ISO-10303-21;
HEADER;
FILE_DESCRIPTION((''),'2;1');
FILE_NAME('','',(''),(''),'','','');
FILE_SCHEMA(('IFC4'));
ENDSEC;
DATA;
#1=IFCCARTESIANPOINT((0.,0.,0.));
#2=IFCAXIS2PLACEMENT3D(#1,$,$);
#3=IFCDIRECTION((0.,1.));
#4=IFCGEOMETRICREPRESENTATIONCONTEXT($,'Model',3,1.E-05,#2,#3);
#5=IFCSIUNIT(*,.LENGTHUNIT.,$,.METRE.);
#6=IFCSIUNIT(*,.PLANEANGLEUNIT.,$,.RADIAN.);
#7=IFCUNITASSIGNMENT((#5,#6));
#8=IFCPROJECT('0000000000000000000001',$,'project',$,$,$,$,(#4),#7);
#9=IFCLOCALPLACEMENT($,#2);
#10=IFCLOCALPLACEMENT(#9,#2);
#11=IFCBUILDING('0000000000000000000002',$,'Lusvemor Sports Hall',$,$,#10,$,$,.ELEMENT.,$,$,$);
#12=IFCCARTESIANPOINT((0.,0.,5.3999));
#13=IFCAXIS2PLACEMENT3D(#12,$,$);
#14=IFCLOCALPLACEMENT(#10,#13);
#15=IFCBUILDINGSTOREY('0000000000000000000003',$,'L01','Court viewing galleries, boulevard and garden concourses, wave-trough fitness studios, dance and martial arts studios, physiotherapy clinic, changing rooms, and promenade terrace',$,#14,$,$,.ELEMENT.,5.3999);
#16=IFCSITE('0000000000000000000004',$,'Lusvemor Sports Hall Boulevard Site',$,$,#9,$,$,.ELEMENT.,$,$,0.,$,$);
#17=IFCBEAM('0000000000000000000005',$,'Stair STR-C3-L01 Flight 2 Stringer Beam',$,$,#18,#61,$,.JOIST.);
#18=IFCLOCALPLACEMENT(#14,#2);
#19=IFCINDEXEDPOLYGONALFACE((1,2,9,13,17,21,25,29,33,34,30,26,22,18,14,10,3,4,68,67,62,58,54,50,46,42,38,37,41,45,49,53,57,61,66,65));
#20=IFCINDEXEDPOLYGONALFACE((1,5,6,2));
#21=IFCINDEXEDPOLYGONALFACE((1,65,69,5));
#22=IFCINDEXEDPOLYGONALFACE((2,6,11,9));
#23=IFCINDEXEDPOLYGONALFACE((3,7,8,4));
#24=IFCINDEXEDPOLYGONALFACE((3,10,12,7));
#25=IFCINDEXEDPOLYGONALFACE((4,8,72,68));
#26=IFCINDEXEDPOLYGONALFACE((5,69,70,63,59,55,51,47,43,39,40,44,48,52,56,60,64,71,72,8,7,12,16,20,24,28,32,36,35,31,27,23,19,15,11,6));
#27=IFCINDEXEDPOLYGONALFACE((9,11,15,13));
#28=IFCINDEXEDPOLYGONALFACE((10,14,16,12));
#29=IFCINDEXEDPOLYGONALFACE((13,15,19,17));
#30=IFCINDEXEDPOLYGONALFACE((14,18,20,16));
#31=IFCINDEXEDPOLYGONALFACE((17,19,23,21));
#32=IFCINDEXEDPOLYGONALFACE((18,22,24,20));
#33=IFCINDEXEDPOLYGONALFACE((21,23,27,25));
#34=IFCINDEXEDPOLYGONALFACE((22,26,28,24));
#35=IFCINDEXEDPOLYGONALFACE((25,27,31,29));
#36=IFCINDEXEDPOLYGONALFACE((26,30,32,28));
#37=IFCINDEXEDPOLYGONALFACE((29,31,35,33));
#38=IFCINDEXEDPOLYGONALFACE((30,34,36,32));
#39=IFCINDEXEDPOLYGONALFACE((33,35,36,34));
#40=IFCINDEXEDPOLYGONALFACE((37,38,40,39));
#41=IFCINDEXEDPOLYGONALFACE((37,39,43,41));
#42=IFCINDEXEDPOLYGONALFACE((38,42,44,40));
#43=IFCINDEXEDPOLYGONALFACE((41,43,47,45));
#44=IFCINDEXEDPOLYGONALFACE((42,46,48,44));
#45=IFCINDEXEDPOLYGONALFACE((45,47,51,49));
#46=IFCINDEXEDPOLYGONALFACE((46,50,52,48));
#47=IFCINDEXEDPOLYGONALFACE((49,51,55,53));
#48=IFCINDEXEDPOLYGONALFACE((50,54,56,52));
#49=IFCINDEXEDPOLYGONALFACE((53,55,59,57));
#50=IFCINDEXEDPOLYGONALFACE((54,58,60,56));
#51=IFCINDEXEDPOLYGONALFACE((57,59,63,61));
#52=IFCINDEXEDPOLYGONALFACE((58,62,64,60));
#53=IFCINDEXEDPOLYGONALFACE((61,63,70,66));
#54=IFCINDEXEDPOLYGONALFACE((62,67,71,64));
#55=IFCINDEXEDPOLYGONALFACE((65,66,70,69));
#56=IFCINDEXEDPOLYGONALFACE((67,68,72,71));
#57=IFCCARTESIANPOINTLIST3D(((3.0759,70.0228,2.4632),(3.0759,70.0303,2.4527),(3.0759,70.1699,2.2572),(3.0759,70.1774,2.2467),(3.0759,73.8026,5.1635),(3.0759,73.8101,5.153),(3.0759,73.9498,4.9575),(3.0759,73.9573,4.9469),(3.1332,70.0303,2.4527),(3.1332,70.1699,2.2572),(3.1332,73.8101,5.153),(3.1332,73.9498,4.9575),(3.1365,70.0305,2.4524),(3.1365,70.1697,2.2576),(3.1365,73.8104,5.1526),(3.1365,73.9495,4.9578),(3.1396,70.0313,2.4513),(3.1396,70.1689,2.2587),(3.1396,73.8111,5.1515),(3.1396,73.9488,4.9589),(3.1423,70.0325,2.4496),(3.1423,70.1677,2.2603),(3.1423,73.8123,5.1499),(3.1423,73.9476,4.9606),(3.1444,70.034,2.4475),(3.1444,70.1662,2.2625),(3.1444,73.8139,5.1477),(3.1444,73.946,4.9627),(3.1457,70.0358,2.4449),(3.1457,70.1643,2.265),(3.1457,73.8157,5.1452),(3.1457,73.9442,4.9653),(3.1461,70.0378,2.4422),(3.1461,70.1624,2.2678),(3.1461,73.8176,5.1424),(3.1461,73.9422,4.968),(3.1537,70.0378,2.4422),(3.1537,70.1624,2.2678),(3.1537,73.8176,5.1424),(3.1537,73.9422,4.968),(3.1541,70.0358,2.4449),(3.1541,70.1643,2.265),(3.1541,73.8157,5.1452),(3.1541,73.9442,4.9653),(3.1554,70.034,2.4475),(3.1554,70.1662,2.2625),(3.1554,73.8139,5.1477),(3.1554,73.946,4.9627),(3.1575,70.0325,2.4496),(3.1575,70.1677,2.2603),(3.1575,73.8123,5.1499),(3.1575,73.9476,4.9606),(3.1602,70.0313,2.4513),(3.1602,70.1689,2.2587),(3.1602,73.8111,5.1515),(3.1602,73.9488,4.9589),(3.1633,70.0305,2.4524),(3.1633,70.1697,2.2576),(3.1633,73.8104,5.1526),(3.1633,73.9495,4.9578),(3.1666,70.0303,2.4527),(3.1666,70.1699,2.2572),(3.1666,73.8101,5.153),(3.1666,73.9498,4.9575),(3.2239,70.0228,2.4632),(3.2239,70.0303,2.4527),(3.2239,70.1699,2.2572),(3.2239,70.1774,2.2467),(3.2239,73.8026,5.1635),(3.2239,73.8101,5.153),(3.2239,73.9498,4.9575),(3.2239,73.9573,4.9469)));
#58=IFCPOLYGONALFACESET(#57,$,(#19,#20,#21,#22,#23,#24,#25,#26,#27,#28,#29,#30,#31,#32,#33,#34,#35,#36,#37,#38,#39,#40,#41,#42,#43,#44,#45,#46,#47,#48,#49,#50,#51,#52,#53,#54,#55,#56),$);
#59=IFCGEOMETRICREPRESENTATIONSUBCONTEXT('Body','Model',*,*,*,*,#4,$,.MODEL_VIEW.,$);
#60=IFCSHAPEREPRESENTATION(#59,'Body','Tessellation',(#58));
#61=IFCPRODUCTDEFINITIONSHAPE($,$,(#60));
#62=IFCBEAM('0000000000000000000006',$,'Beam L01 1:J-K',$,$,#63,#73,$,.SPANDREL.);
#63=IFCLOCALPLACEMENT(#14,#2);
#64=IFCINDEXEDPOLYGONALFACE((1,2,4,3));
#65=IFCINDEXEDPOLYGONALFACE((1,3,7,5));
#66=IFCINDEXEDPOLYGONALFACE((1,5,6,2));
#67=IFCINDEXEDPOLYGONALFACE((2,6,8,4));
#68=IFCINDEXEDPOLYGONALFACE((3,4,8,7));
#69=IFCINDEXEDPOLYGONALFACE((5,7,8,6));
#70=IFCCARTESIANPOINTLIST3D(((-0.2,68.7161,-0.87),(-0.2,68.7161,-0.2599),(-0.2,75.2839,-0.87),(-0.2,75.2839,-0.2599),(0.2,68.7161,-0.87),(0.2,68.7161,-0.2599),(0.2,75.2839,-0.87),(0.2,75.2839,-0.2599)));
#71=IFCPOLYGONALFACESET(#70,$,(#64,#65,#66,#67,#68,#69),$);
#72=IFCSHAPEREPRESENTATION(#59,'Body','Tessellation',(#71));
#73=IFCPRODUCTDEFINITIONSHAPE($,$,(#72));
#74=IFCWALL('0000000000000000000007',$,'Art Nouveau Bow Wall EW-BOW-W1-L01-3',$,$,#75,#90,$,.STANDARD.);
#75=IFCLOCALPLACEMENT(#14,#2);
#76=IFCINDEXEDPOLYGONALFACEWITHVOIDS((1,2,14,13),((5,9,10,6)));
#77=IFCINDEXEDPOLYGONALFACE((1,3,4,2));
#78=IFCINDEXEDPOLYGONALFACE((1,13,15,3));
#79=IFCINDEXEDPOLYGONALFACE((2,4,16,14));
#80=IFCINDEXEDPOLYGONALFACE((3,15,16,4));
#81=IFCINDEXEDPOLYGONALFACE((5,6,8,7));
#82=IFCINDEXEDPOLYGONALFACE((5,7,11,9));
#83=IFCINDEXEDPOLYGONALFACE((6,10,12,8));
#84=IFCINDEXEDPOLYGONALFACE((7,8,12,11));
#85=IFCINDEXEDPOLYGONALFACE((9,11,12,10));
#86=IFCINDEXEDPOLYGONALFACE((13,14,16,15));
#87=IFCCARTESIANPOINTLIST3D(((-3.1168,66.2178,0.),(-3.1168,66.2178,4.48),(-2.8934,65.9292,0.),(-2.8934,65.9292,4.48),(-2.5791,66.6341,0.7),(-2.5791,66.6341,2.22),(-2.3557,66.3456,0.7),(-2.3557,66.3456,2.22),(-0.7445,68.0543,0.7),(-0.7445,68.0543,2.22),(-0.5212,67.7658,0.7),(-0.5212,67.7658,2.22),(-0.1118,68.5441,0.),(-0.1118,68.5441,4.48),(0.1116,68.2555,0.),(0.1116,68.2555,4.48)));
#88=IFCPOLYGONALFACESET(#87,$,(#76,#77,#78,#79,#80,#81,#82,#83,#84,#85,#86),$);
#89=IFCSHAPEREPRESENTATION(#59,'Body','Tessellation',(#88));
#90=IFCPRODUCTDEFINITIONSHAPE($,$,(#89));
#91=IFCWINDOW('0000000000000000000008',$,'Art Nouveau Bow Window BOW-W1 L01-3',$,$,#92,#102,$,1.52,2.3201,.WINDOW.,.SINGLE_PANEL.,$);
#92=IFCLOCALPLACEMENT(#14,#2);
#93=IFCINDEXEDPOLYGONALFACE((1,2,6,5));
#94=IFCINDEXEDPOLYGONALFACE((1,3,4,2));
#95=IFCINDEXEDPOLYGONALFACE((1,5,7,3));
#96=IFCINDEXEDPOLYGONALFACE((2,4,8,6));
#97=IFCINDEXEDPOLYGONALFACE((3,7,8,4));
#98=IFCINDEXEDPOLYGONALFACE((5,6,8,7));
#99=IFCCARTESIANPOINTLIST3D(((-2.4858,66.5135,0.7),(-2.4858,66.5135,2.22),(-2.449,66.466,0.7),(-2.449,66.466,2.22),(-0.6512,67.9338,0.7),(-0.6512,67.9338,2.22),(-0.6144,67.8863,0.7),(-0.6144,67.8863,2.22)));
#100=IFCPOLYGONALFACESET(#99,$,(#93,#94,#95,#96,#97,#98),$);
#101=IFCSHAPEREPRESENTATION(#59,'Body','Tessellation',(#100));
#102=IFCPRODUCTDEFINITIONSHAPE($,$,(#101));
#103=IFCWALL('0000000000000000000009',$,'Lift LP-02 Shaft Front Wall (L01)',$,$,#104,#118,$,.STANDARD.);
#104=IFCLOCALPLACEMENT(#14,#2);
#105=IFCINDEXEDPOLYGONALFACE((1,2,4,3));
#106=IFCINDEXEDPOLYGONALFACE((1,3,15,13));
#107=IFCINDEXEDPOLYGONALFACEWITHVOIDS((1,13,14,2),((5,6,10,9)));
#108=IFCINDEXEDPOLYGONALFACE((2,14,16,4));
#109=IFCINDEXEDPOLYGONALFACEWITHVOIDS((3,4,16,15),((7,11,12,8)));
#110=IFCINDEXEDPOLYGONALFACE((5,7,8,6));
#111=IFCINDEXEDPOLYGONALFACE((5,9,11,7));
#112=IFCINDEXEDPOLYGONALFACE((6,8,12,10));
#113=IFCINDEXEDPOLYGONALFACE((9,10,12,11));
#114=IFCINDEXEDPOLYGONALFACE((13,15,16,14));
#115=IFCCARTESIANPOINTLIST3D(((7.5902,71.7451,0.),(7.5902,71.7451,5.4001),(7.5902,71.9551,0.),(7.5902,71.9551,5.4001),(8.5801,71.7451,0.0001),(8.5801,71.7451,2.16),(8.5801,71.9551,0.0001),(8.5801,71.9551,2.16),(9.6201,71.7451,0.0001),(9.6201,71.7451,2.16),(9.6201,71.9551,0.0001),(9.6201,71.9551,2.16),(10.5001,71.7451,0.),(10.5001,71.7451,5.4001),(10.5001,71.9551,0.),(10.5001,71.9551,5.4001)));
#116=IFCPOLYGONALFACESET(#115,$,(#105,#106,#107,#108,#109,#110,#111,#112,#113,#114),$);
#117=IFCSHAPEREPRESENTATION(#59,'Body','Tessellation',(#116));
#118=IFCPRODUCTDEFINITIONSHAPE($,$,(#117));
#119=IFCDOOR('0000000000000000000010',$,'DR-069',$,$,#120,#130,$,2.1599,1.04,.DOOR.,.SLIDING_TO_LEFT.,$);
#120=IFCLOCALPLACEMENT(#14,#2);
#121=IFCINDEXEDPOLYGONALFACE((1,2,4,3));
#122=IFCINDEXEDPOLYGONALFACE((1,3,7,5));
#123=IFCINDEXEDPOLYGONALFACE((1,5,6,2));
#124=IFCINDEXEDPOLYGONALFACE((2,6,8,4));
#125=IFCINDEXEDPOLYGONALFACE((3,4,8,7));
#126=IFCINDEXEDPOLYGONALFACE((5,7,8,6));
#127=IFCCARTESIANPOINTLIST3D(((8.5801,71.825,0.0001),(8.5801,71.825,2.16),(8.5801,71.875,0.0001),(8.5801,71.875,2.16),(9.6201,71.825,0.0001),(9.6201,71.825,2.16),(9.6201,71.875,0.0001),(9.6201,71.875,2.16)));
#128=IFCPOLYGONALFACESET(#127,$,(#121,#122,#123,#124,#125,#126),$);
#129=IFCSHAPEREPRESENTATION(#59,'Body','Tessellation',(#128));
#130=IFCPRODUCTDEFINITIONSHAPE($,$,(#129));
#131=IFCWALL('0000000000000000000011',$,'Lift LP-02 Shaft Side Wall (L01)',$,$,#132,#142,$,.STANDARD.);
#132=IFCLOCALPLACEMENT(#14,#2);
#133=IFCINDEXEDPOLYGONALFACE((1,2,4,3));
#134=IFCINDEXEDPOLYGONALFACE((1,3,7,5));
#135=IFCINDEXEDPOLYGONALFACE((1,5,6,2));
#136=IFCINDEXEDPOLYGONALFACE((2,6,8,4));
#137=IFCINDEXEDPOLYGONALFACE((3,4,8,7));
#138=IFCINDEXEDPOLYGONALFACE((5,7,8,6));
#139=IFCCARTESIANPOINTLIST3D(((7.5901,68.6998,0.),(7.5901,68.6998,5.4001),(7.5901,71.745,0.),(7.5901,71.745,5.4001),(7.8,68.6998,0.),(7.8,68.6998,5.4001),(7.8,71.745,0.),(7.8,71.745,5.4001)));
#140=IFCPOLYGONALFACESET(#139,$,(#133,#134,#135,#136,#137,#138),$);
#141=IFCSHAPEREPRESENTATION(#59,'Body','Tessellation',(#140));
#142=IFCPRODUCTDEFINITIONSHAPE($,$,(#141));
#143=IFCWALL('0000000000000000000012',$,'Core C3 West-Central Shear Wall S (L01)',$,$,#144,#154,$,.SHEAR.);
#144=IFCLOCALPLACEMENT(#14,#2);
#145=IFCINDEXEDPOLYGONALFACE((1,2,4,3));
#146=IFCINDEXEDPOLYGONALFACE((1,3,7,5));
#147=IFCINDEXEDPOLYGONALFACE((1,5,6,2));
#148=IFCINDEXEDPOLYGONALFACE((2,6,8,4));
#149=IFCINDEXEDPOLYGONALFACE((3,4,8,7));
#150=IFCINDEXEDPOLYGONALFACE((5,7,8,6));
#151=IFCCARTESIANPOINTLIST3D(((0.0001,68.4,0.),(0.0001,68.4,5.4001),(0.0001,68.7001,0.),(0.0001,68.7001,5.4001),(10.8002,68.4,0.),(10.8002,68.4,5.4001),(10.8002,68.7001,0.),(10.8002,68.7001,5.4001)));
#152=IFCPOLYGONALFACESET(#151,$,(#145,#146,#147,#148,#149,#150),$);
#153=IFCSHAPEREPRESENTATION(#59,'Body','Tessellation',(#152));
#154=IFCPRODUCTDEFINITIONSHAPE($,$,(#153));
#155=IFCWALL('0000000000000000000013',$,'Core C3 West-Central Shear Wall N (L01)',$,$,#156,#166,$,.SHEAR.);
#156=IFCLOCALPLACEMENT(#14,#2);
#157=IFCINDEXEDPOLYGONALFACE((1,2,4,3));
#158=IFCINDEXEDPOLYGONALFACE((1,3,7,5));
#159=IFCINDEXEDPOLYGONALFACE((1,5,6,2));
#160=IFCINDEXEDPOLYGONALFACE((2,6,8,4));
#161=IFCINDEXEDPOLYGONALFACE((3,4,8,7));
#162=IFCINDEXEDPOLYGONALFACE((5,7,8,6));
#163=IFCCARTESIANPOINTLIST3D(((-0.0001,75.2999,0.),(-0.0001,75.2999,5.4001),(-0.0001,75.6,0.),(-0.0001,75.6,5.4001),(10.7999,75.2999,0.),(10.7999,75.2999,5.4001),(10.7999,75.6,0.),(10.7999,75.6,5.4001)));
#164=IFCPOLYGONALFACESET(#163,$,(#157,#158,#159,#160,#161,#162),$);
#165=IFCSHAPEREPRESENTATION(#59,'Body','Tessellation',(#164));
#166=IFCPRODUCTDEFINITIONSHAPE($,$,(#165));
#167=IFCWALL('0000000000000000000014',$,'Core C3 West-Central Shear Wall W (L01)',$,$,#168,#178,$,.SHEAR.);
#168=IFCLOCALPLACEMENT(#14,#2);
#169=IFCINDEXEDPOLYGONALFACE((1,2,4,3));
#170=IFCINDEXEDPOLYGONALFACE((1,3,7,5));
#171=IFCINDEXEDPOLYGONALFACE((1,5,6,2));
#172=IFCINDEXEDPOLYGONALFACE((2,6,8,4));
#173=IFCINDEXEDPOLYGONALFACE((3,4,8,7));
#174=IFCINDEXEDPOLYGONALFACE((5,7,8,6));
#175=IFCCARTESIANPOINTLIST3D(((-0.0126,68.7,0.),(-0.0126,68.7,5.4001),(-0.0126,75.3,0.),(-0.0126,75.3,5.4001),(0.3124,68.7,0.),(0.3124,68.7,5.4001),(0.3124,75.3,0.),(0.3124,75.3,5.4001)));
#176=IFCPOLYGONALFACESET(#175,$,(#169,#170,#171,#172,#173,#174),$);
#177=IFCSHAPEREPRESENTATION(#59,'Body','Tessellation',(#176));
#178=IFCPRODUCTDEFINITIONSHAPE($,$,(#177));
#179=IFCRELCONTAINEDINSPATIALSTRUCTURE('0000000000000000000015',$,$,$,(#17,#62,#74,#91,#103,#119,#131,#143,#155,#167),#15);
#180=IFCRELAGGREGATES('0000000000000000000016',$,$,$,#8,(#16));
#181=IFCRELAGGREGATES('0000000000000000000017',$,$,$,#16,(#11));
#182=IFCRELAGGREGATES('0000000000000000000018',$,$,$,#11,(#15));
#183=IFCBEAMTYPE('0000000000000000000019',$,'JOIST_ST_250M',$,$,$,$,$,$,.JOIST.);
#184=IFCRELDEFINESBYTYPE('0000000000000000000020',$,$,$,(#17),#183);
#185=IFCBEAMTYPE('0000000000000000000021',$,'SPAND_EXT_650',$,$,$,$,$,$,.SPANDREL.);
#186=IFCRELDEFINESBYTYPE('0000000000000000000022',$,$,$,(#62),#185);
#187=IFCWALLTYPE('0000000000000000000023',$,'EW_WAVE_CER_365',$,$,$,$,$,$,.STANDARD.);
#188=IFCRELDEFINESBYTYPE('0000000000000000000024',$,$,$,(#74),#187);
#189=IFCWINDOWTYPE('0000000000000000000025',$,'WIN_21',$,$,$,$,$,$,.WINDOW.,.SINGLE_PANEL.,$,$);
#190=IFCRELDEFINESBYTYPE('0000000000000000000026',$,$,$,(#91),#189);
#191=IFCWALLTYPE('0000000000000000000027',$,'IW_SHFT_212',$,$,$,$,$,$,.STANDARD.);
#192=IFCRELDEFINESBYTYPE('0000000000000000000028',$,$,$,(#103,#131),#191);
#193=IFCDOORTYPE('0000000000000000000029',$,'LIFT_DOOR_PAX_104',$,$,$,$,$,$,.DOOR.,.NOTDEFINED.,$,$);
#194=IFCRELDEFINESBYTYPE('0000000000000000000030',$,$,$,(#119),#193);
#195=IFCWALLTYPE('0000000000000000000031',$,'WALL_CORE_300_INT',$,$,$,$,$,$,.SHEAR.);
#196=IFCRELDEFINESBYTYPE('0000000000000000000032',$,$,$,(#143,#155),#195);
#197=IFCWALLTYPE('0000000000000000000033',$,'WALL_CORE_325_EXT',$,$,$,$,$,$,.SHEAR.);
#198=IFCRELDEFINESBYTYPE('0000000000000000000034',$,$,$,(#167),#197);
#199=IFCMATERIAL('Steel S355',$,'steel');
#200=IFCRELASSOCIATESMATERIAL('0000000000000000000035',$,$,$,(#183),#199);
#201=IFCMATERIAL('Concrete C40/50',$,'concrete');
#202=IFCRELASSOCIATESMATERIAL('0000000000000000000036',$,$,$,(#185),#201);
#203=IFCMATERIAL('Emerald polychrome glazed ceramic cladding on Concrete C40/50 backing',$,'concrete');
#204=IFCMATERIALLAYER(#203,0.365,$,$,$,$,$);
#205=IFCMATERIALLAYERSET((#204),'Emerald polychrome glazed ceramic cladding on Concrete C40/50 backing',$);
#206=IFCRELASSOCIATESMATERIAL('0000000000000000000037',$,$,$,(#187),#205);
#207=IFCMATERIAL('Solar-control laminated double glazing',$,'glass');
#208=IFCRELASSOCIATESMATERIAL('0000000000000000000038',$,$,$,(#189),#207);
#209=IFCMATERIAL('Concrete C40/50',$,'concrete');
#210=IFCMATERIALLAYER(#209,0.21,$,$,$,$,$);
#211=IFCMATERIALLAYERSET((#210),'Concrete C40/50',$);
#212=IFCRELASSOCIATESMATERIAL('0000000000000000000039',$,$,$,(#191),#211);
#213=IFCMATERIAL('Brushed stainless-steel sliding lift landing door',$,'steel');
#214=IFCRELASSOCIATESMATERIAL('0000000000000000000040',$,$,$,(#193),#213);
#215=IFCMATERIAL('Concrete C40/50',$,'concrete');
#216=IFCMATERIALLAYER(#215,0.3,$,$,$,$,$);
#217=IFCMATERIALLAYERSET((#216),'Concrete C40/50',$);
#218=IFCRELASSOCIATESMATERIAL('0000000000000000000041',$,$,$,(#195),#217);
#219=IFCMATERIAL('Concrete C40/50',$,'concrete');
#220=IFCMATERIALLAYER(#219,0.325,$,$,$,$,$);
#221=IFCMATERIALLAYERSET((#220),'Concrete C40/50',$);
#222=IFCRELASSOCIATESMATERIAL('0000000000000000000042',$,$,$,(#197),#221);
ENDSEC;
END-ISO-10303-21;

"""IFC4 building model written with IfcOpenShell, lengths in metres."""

from ifc_helpers import new_model, si_unit, direction, frame, frame_2d, origin, origin_2d, place, context, subcontext, project, spatial, rectangle, i_section, extrude, material, layer, layer_set, material_profile, profile_set, type_object, element, fill, save


model = new_model("IFC4")

# Units and contexts
model_context = context("Model", 3, precision=1e-05, world=origin(), true_north=direction((0.0, 1.0)))
body_context = subcontext(model_context, "Body", "Model", "MODEL_VIEW")
ifc_project = project(units=[si_unit("LENGTHUNIT", "METRE"), si_unit("PLANEANGLEUNIT", "RADIAN")], contexts=[model_context])

# Site, building, storey
site_placement = place(None, origin())
site = spatial("IfcSite", under=ifc_project, at=site_placement, Name="Lusvemor Sports Hall Boulevard Site", CompositionType="ELEMENT", RefElevation=0.0)
building_placement = place(site_placement, origin())
building = spatial("IfcBuilding", under=site, at=building_placement, Name="Lusvemor Sports Hall", CompositionType="ELEMENT")
storey_placement = place(building_placement, frame((0.0, 0.0, 5.3999)))
storey = spatial("IfcBuildingStorey", under=building, at=storey_placement, Name="L01", Description="Court viewing galleries, boulevard and garden concourses, wave-trough fitness studios, dance and martial arts studios, physiotherapy clinic, changing rooms, and promenade terrace", CompositionType="ELEMENT", Elevation=5.3999)

# Beams
ifc_material_1 = material(Name="Steel S355", Category="steel")
ifc_material_profile_1 = material_profile(ifc_material_1, i_section(OverallWidth=0.1479, OverallDepth=0.2661, WebThickness=0.0076, FlangeThickness=0.0129, FilletRadius=0.0129, at=origin_2d()), Name="W250x44.8")
ifc_profile_set_1 = profile_set([ifc_material_profile_1], Name="Steel S355")
beam_type_1 = type_object("IfcBeamType", Name="JOIST_ST_250M", PredefinedType="JOIST", material=ifc_profile_set_1)
beam_1_placement = place(storey_placement, frame((3.1499, 70.1001, 2.355), z_axis=(0.0, 0.813698, 0.581288), x_axis=(-1.0, 0.0, 0.0)))
element("IfcBeam", 1, at=beam_1_placement, inside=storey, type_object=beam_type_1, Name="Stair STR-C3-L01 Flight 2 Stringer Beam", PredefinedType="JOIST", context=body_context, shape_type="SweptSolid", body=[
    extrude(i_section(OverallWidth=0.1479, OverallDepth=0.2661, WebThickness=0.0076, FlangeThickness=0.0129, FilletRadius=0.0129, at=origin_2d()), origin(), (0.0, 0.0, 1.0), 4.6453),
])
ifc_material_2 = material(Name="Concrete C40/50", Category="concrete")
ifc_material_profile_2 = material_profile(ifc_material_2, rectangle(XDim=0.3999, YDim=0.6101, at=origin_2d()), Name="RC400x610")
ifc_profile_set_2 = profile_set([ifc_material_profile_2], Name="Concrete C40/50")
beam_type_2 = type_object("IfcBeamType", Name="SPAND_EXT_650", PredefinedType="SPANDREL", material=ifc_profile_set_2)
beam_2_placement = place(storey_placement, frame((0.0, 68.7161, -0.5649), z_axis=(0.0, 1.0, 0.0), x_axis=(-1.0, 0.0, 0.0)))
element("IfcBeam", 2, at=beam_2_placement, inside=storey, type_object=beam_type_2, Name="Beam L01 1:J-K", PredefinedType="SPANDREL", context=body_context, shape_type="SweptSolid", body=[
    extrude(rectangle(XDim=0.3999, YDim=0.6101, at=origin_2d()), origin(), (0.0, 0.0, 1.0), 6.5679),
])

# Wall, opening, window
ifc_material_3 = material(Name="Emerald polychrome glazed ceramic cladding on Concrete C40/50 backing", Category="concrete")
ifc_layer_1 = layer(ifc_material_3, 0.365)
ifc_layer_set_1 = layer_set([ifc_layer_1], Name="Emerald polychrome glazed ceramic cladding on Concrete C40/50 backing")
wall_type_1 = type_object("IfcWallType", Name="EW_WAVE_CER_365", PredefinedType="STANDARD", material=ifc_layer_set_1)
wall_1_placement = place(storey_placement, frame((-3.0051, 66.0735, 0.0), z_axis=(0.0, 0.0, 1.0), x_axis=(0.790741, 0.612151, 0.0)))
wall_1 = element("IfcWall", 3, at=wall_1_placement, inside=storey, type_object=wall_type_1, Name="Art Nouveau Bow Wall EW-BOW-W1-L01-3", PredefinedType="STANDARD", context=body_context, shape_type="SweptSolid", body=[
    extrude(rectangle(XDim=3.8003, YDim=0.365, at=frame_2d((1.9001, 0.0))), origin(), (0.0, 0.0, 1.0), 4.48),
])
opening_1_placement = place(wall_1_placement, frame((0.6799, 0.0, 0.7)))
opening_1 = element("IfcOpeningElement", 4, at=opening_1_placement, cuts=wall_1, PredefinedType="OPENING", context=body_context, shape_type="SweptSolid", body=[
    extrude(rectangle(XDim=2.3201, YDim=1.52, at=frame_2d((1.1602, 0.76))), frame((0.0, 0.1826, 0.0), z_axis=(0.0, -1.0, 0.0), x_axis=(1.0, 0.0, 0.0)), (0.0, 0.0, 1.0), 0.365),
])
ifc_material_4 = material(Name="Solar-control laminated double glazing", Category="glass")
window_type = type_object("IfcWindowType", Name="WIN_21", PartitioningType="SINGLE_PANEL", PredefinedType="WINDOW", material=ifc_material_4)
window_placement = place(opening_1_placement, origin())
window = element("IfcWindow", 5, at=window_placement, inside=storey, type_object=window_type, Name="Art Nouveau Bow Window BOW-W1 L01-3", OverallHeight=1.52, OverallWidth=2.3201, PartitioningType="SINGLE_PANEL", PredefinedType="WINDOW", context=body_context, shape_type="SweptSolid", body=[
    extrude(rectangle(XDim=2.3201, YDim=1.52, at=frame_2d((1.1602, 0.76))), frame((0.0, 0.03, 0.0), z_axis=(0.0, -1.0, 0.0), x_axis=(1.0, 0.0, 0.0)), (0.0, 0.0, 1.0), 0.0601),
])
fill(opening_1, window)

# Wall, opening, door
ifc_material_5 = material(Name="Concrete C40/50", Category="concrete")
ifc_layer_2 = layer(ifc_material_5, 0.21)
ifc_layer_set_2 = layer_set([ifc_layer_2], Name="Concrete C40/50")
wall_type_2 = type_object("IfcWallType", Name="IW_SHFT_212", PredefinedType="STANDARD", material=ifc_layer_set_2)
wall_2_placement = place(storey_placement, frame((7.5901, 71.8501, 0.0), z_axis=(0.0, 0.0, 1.0), x_axis=(1.0, 0.0, 0.0)))
wall_2 = element("IfcWall", 6, at=wall_2_placement, inside=storey, type_object=wall_type_2, Name="Lift LP-02 Shaft Front Wall (L01)", PredefinedType="STANDARD", context=body_context, shape_type="SweptSolid", body=[
    extrude(rectangle(XDim=2.9099, YDim=0.21, at=frame_2d((1.4551, 0.0))), origin(), (0.0, 0.0, 1.0), 5.4001),
])
opening_2_placement = place(wall_2_placement, frame((0.99, 0.0, 0.0)))
opening_2 = element("IfcOpeningElement", 7, at=opening_2_placement, cuts=wall_2, PredefinedType="OPENING", context=body_context, shape_type="SweptSolid", body=[
    extrude(rectangle(XDim=1.04, YDim=2.1599, at=frame_2d((0.52, 1.0801))), frame((0.0, 0.105, 0.0), z_axis=(0.0, -1.0, 0.0), x_axis=(1.0, 0.0, 0.0)), (0.0, 0.0, 1.0), 0.21),
])
ifc_material_6 = material(Name="Brushed stainless-steel sliding lift landing door", Category="steel")
door_type_1 = type_object("IfcDoorType", Name="LIFT_DOOR_PAX_104", OperationType="NOTDEFINED", PredefinedType="DOOR", material=ifc_material_6)
door_1_placement = place(opening_2_placement, origin())
door_1 = element("IfcDoor", 8, at=door_1_placement, inside=storey, type_object=door_type_1, Name="DR-069", OperationType="SLIDING_TO_LEFT", OverallHeight=2.1599, OverallWidth=1.04, PredefinedType="DOOR", context=body_context, shape_type="SweptSolid", body=[
    extrude(rectangle(XDim=1.04, YDim=2.1599, at=frame_2d((0.52, 1.0801))), frame((0.0, 0.0249, 0.0), z_axis=(0.0, -1.0, 0.0), x_axis=(1.0, 0.0, 0.0)), (0.0, 0.0, 1.0), 0.05),
])
fill(opening_2, door_1)

# Walls
wall_3_placement = place(storey_placement, frame((7.6951, 68.7, 0.0), z_axis=(0.0, 0.0, 1.0), x_axis=(0.0, 1.0, 0.0)))
element("IfcWall", 9, at=wall_3_placement, inside=storey, type_object=wall_type_2, Name="Lift LP-02 Shaft Side Wall (L01)", PredefinedType="STANDARD", context=body_context, shape_type="SweptSolid", body=[
    extrude(rectangle(XDim=3.0452, YDim=0.21, at=frame_2d((1.5225, 0.0))), origin(), (0.0, 0.0, 1.0), 5.4001),
])
ifc_material_7 = material(Name="Concrete C40/50", Category="concrete")
ifc_layer_3 = layer(ifc_material_7, 0.3)
ifc_layer_set_3 = layer_set([ifc_layer_3], Name="Concrete C40/50")
wall_type_3 = type_object("IfcWallType", Name="WALL_CORE_300_INT", PredefinedType="SHEAR", material=ifc_layer_set_3)
for number, where, z_axis, x_axis, name in (
    (10, (10.8, 68.55, 0.0), (0.0, 0.0, 1.0), (-1.0, 0.0, 0.0), "Core C3 West-Central Shear Wall S (L01)"),
    (11, (0.0, 75.45, 0.0), (0.0, 0.0, 1.0), (1.0, 0.0, 0.0), "Core C3 West-Central Shear Wall N (L01)"),
):
    element("IfcWall", number, at=place(storey_placement, frame(where, z_axis=z_axis, x_axis=x_axis)), inside=storey, type_object=wall_type_3, Name=name, PredefinedType="SHEAR", context=body_context, shape_type="SweptSolid", body=[
        extrude(rectangle(XDim=10.8, YDim=0.3, at=frame_2d((5.3999, 0.0))), origin(), (0.0, 0.0, 1.0), 5.4001),
    ])

# Wall
ifc_material_8 = material(Name="Concrete C40/50", Category="concrete")
ifc_layer_4 = layer(ifc_material_8, 0.325)
ifc_layer_set_4 = layer_set([ifc_layer_4], Name="Concrete C40/50")
wall_type_4 = type_object("IfcWallType", Name="WALL_CORE_325_EXT", PredefinedType="SHEAR", material=ifc_layer_set_4)
wall_4_placement = place(storey_placement, frame((0.1499, 68.7, 0.0), z_axis=(0.0, 0.0, 1.0), x_axis=(0.0, 1.0, 0.0)))
element("IfcWall", 12, at=wall_4_placement, inside=storey, type_object=wall_type_4, Name="Core C3 West-Central Shear Wall W (L01)", PredefinedType="SHEAR", context=body_context, shape_type="SweptSolid", body=[
    extrude(rectangle(XDim=6.6001, YDim=0.325, at=frame_2d((3.3, 0.0))), origin(), (0.0, 0.0, 1.0), 5.4001),
])

save(model, "model.ifc")
